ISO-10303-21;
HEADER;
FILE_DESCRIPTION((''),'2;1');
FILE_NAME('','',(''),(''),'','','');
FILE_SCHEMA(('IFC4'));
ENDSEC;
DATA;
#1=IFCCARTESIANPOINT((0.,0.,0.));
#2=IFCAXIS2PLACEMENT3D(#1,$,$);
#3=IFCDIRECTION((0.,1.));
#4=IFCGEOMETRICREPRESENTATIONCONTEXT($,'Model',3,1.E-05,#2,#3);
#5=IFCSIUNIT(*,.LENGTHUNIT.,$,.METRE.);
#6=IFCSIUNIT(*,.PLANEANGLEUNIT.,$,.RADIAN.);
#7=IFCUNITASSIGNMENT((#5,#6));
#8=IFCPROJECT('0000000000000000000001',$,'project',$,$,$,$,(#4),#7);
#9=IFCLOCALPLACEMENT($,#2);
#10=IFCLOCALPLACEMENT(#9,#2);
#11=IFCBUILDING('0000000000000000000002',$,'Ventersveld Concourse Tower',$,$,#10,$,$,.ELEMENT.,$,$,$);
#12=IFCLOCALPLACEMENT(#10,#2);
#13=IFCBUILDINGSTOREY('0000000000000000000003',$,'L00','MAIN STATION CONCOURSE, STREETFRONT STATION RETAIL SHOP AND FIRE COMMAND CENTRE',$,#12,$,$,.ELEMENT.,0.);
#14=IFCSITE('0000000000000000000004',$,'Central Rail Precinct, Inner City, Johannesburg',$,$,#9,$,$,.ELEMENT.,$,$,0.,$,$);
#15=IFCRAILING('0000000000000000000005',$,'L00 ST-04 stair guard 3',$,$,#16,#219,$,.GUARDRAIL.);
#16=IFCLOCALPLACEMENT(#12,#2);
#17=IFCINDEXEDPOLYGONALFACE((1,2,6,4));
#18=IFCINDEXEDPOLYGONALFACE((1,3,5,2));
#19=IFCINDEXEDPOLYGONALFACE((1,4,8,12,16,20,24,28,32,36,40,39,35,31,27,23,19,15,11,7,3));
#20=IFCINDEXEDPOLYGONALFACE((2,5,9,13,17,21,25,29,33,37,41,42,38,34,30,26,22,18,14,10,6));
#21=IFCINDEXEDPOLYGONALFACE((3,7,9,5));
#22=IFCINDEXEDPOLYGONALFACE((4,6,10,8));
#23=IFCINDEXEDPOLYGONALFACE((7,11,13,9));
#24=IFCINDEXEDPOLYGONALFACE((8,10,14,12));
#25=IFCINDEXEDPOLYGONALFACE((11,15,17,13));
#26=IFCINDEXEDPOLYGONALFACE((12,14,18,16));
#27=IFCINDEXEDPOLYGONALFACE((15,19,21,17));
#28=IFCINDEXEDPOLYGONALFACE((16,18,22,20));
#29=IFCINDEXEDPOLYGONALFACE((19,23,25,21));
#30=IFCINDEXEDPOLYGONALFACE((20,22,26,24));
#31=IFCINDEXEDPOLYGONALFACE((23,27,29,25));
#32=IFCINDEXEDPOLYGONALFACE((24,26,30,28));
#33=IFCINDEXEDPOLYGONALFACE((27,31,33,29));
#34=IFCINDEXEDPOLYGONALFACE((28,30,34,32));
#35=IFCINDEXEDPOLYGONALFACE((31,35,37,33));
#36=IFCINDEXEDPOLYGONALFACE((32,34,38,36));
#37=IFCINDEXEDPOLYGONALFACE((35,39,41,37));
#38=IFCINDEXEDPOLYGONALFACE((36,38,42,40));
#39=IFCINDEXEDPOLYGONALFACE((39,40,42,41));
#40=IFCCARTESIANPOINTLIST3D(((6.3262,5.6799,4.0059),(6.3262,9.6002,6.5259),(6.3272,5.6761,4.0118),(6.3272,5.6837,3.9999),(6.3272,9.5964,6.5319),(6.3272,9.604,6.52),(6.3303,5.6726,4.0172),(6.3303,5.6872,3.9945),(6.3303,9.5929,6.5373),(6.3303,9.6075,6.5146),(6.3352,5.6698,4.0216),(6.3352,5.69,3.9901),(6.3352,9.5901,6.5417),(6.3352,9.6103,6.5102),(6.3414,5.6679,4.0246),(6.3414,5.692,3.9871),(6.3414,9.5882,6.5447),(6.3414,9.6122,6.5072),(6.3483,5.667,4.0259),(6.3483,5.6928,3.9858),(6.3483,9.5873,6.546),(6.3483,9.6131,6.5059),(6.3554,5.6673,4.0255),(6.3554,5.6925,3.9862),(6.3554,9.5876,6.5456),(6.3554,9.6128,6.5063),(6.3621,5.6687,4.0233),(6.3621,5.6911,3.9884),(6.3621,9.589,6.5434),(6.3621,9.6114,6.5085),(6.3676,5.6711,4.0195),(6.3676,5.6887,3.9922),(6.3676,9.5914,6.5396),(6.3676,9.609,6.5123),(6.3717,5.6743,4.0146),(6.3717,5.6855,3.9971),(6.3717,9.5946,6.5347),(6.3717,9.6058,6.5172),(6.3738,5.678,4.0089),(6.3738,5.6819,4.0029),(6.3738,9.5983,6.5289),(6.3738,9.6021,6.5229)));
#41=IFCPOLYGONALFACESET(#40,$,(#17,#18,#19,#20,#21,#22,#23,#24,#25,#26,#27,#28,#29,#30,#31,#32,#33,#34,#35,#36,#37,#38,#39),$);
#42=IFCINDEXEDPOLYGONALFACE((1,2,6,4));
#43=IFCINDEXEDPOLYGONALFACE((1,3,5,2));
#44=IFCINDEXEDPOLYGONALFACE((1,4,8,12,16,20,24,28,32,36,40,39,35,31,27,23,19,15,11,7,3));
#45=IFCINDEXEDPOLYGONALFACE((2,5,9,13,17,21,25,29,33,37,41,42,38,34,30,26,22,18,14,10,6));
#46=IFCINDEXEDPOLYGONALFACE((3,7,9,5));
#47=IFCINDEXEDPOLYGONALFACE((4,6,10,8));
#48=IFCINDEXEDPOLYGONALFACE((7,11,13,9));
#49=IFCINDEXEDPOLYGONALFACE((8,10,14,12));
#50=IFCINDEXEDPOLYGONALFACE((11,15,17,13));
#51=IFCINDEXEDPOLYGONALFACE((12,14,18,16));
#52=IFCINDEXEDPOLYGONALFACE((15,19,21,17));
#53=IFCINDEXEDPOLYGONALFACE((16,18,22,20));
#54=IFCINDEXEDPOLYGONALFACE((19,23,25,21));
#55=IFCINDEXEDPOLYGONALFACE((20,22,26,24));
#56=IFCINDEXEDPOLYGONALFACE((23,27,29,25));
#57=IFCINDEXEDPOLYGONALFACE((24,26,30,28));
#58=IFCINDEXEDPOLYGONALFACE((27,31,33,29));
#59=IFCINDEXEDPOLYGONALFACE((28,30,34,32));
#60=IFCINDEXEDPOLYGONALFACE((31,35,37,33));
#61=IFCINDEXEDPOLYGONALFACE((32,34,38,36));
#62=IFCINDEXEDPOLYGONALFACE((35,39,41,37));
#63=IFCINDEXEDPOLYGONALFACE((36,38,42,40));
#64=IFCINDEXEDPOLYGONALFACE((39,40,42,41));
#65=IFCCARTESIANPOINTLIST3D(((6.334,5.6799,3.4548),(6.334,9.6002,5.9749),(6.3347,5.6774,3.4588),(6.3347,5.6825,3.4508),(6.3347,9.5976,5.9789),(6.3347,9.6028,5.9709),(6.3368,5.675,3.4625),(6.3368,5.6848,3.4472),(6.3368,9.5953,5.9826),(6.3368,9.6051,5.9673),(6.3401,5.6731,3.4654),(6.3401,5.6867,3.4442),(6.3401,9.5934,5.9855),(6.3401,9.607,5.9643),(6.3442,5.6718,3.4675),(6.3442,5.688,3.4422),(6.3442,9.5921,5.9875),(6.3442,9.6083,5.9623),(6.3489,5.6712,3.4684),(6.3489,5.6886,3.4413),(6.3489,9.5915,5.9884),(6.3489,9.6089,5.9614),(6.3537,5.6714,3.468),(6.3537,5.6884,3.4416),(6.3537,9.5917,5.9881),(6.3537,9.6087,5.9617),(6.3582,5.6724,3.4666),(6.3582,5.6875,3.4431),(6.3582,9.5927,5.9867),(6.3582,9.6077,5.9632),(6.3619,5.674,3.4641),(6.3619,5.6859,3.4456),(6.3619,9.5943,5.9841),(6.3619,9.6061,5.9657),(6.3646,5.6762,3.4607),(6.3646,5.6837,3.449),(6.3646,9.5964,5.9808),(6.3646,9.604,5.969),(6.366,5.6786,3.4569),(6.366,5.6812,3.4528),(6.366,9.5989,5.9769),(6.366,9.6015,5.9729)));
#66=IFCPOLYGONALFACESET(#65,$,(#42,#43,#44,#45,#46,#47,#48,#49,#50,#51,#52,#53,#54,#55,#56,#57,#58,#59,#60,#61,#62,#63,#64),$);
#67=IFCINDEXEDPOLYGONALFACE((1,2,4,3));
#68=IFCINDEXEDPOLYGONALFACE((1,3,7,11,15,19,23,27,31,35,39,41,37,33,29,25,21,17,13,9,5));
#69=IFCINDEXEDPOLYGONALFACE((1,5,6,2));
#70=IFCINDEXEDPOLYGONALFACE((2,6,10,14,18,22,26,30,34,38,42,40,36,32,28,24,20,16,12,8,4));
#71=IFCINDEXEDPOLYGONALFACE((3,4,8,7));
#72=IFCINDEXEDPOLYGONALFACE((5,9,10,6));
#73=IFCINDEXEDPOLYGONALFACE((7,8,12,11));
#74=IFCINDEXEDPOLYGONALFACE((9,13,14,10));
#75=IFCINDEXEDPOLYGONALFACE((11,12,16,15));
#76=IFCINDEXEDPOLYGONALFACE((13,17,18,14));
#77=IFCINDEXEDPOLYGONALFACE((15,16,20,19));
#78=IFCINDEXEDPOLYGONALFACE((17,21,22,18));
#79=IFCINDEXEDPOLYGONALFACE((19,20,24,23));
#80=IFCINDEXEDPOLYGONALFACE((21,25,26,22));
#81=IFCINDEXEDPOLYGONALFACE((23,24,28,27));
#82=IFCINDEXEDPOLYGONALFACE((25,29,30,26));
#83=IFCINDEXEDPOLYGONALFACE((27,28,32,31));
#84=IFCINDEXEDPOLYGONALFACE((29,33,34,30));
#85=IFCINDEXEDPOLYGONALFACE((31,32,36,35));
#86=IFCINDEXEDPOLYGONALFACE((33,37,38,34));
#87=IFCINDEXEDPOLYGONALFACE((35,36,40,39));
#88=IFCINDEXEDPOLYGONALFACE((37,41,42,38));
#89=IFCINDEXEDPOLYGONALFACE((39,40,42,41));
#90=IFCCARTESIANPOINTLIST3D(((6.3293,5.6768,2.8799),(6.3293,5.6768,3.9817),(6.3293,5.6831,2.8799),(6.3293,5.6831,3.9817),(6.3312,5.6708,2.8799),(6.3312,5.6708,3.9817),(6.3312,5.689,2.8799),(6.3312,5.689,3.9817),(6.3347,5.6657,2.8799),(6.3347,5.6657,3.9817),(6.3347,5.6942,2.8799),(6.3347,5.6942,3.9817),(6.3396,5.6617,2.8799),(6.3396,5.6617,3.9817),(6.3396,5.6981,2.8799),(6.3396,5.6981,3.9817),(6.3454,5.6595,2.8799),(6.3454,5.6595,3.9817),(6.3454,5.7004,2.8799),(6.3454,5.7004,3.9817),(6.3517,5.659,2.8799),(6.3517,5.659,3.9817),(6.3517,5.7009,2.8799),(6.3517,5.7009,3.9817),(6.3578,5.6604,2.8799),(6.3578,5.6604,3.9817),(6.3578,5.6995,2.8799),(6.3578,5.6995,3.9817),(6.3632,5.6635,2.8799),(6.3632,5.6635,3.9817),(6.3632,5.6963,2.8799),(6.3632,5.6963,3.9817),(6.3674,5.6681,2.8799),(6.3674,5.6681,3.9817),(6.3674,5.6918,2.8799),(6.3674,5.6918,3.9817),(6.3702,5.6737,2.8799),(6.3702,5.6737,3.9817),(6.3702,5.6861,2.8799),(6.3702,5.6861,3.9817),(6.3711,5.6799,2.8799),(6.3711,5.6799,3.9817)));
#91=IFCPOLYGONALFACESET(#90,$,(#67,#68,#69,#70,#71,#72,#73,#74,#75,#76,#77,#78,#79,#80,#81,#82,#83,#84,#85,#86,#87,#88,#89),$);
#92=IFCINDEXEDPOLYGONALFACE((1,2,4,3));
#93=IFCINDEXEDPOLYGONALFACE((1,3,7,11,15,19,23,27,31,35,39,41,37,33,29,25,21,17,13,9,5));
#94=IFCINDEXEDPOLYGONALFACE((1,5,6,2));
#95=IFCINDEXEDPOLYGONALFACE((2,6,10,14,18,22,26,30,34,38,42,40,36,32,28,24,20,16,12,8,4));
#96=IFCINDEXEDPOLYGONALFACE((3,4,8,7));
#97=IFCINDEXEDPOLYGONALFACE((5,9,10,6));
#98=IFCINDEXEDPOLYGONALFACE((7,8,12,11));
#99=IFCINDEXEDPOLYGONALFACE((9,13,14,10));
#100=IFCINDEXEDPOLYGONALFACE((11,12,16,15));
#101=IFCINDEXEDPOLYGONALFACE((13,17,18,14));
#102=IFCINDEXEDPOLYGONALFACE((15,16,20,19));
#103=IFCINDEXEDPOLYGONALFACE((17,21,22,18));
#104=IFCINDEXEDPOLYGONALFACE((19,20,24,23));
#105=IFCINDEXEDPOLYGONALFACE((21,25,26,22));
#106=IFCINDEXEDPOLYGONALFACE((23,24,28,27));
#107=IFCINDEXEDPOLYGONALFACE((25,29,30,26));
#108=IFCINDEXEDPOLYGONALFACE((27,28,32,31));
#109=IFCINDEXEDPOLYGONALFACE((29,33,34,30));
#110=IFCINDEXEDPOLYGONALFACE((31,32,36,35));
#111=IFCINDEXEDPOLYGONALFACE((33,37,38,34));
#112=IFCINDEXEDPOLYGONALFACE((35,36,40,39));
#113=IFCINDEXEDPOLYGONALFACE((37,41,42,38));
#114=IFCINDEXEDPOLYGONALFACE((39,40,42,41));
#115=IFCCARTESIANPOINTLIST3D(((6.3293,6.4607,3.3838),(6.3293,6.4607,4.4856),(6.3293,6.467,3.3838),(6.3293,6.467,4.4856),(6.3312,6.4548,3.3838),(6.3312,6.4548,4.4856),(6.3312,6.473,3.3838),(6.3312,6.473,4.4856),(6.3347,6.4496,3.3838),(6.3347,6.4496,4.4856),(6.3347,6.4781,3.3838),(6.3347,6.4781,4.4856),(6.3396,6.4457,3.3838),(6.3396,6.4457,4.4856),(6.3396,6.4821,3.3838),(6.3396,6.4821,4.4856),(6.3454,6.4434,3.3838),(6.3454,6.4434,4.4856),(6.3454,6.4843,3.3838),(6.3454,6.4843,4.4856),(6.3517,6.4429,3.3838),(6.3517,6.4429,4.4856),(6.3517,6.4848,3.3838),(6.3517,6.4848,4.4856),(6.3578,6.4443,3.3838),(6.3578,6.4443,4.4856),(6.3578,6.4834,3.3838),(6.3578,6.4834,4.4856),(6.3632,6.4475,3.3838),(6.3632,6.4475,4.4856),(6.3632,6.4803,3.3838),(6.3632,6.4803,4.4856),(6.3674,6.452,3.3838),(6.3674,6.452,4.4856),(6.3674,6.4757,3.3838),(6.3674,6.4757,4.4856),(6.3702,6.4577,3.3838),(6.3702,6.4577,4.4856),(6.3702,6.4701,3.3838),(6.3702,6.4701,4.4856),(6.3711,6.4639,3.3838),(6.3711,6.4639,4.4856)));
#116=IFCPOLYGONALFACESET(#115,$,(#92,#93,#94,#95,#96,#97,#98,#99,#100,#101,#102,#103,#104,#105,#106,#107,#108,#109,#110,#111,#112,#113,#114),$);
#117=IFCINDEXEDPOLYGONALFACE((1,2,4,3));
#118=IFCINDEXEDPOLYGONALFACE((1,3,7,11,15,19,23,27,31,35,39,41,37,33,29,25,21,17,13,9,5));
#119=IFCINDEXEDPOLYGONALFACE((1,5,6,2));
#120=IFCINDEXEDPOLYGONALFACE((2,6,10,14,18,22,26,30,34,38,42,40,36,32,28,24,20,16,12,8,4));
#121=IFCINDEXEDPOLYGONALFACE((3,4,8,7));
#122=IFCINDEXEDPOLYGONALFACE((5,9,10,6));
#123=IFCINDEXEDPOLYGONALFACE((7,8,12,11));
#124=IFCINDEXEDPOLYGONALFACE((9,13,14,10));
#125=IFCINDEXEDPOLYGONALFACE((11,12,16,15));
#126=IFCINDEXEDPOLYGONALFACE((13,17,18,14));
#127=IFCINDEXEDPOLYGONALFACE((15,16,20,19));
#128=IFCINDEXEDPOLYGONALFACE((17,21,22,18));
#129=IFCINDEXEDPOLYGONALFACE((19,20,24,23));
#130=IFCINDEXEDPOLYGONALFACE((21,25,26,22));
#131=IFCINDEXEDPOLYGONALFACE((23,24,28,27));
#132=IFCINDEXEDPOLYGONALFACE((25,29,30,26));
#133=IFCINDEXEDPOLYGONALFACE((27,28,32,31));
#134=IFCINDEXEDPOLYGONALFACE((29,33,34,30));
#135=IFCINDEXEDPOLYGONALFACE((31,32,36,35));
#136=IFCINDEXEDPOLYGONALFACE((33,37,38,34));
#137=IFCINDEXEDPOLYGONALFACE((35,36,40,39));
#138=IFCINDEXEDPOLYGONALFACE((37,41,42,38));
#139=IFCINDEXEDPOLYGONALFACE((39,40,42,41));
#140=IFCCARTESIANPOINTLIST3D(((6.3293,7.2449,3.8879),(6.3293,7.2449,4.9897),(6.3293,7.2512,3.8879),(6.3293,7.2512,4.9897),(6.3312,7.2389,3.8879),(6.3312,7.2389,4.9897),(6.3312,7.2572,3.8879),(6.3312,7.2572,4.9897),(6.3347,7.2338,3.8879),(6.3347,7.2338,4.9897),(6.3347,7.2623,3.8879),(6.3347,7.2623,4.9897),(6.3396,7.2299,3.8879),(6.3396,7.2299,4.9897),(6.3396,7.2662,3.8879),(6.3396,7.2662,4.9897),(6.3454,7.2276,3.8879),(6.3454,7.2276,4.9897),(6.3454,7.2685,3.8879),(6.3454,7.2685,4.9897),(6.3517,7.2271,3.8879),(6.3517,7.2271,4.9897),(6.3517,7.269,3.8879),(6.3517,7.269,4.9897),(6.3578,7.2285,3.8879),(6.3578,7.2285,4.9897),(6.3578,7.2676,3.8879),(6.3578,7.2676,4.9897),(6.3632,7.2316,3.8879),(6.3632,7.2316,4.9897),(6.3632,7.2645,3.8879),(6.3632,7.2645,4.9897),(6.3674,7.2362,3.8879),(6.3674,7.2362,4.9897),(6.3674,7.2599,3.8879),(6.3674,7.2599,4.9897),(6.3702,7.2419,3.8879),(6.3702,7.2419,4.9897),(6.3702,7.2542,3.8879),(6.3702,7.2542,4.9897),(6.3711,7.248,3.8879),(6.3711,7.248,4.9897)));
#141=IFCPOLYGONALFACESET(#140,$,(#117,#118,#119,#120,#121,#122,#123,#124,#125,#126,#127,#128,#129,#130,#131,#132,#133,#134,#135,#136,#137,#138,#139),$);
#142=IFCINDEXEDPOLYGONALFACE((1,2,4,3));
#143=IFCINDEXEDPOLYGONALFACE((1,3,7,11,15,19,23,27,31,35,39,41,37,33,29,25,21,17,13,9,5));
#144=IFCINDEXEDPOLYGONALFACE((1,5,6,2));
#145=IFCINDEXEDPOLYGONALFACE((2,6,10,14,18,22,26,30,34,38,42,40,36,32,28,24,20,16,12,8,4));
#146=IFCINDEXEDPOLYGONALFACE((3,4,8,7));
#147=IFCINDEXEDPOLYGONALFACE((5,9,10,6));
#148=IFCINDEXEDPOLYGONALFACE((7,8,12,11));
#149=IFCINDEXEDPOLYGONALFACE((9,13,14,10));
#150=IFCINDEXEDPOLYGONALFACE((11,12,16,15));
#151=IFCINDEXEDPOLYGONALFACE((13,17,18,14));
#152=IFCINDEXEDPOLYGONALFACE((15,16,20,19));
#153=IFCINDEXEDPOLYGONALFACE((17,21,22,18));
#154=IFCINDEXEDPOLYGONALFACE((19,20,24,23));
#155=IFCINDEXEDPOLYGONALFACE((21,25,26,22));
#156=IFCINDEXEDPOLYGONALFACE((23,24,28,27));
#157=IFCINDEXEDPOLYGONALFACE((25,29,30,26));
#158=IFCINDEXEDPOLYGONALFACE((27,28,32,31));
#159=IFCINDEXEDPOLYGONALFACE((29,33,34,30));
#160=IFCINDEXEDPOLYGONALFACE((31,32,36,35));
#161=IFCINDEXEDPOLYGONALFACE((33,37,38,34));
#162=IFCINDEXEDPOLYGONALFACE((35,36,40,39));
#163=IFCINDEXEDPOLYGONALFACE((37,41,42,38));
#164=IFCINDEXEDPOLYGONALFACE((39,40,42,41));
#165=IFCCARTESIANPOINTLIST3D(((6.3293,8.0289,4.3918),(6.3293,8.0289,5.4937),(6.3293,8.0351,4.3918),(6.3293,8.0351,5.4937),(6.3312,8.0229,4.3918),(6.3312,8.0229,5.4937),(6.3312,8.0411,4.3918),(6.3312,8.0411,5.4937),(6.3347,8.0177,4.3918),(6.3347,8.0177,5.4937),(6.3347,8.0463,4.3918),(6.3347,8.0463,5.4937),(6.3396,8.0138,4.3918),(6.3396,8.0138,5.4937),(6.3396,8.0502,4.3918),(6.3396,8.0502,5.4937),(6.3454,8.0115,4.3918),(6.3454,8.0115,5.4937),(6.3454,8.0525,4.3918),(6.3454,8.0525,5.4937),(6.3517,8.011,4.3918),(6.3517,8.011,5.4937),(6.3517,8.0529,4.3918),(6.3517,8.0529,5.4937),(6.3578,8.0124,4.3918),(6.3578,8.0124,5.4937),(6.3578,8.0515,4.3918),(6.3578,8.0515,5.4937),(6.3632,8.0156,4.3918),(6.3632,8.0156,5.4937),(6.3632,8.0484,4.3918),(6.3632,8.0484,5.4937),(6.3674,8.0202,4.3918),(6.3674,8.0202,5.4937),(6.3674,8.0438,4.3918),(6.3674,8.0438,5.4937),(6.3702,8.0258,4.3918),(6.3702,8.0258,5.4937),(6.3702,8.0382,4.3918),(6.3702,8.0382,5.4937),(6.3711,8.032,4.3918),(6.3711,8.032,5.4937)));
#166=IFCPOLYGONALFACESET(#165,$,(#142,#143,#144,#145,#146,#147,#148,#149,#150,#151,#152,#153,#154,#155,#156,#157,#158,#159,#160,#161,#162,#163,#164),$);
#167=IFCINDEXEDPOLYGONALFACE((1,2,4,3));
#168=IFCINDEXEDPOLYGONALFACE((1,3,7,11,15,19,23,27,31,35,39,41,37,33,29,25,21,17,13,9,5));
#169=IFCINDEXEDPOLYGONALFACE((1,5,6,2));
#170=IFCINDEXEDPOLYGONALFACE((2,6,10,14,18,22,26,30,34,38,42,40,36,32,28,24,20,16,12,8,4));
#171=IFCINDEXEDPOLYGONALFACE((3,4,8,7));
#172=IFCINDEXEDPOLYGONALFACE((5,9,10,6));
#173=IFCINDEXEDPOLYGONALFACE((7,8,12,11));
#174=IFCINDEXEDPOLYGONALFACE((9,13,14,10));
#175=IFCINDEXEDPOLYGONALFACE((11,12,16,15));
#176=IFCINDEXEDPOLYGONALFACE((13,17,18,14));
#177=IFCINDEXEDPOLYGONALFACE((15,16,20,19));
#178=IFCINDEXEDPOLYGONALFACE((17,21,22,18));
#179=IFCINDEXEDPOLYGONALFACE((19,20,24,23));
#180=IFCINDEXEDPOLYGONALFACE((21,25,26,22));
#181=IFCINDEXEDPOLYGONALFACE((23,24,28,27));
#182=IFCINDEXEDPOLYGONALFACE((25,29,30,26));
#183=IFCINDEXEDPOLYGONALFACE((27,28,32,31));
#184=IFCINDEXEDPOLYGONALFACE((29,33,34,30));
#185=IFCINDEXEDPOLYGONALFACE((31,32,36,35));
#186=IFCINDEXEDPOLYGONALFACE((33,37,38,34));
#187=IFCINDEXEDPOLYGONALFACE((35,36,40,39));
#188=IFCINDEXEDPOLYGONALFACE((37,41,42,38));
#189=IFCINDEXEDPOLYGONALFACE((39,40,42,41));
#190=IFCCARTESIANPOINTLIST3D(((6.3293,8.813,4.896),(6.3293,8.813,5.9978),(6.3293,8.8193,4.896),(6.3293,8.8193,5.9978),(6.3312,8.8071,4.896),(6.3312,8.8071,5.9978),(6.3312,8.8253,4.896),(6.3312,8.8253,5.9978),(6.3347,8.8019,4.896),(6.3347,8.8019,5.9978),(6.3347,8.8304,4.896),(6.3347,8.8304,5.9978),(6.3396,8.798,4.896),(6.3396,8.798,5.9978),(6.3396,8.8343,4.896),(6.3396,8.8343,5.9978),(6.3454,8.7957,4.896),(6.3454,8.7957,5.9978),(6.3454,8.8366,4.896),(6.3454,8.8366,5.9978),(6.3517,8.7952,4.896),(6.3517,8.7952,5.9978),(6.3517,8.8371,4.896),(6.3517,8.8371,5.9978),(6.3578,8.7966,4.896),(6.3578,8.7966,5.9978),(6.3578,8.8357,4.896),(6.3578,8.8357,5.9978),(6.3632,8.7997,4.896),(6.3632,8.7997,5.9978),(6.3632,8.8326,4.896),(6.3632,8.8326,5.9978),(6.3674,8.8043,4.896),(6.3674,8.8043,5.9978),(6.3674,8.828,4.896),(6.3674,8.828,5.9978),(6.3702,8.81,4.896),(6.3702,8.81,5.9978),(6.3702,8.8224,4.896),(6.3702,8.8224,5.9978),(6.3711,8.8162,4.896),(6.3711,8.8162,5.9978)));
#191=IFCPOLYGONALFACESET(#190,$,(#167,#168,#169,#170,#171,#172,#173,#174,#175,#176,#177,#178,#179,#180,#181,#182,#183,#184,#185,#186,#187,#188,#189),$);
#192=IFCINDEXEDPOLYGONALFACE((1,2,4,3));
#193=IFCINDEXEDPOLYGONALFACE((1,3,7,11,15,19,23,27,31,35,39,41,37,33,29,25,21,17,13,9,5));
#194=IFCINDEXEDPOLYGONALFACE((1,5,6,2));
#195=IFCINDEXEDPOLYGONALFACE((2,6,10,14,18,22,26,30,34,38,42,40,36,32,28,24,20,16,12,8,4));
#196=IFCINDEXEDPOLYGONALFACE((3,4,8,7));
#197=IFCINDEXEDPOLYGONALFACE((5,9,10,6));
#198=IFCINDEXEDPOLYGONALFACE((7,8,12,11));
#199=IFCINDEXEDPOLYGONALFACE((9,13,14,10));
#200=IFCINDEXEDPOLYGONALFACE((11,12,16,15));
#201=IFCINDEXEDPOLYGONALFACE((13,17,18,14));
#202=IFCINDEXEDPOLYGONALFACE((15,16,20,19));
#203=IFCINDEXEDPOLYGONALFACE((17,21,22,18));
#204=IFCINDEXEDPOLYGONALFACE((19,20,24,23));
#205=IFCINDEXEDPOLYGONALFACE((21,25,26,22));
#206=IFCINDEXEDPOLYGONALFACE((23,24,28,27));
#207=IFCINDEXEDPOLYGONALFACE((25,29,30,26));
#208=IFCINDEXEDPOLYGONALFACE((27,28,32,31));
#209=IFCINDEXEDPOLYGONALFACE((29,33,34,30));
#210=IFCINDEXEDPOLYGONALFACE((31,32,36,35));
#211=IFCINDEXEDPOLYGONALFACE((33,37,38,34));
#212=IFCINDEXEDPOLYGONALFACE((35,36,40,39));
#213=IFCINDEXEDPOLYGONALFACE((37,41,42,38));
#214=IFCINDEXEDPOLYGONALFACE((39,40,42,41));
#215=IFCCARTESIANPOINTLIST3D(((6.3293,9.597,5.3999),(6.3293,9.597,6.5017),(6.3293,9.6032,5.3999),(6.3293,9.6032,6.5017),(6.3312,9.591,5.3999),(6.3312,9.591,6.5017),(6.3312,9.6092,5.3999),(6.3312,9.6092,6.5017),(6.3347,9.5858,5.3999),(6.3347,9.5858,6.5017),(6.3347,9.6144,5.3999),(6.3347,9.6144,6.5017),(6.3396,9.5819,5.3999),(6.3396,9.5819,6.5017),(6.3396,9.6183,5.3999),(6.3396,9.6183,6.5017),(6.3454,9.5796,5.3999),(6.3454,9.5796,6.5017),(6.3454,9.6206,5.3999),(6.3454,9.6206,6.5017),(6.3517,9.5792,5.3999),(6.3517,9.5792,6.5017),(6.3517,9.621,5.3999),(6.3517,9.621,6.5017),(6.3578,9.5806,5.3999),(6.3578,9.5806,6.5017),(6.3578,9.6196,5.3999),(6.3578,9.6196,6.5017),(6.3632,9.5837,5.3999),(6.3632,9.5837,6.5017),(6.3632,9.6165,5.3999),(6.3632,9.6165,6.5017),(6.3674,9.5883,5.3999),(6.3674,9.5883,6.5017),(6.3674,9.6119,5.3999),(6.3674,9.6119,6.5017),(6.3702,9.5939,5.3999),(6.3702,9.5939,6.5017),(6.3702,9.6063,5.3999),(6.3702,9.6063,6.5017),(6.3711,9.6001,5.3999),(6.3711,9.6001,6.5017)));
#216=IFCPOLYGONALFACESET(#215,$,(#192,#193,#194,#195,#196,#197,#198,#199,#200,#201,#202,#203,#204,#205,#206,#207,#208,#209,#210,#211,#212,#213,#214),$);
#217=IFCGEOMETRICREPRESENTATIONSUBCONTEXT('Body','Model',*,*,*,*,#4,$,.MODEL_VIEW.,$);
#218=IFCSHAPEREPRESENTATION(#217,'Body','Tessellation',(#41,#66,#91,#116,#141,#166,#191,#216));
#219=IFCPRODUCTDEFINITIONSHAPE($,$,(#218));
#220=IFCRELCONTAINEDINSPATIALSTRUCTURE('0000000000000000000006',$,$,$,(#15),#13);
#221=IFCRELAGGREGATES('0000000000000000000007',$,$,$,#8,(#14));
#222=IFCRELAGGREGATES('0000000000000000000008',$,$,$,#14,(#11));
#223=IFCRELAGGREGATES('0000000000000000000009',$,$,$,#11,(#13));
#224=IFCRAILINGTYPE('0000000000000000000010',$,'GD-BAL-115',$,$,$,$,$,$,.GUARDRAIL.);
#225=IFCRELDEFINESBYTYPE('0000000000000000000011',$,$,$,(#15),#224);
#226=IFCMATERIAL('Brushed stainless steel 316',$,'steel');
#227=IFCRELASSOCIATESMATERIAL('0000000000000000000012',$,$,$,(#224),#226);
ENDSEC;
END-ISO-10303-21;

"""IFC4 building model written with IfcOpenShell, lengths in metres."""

from ifc_helpers import new_model, si_unit, direction, frame, origin, origin_2d, place, context, subcontext, project, spatial, circle, extrude, material, type_object, element, save


model = new_model("IFC4")

# Units and contexts
model_context = context("Model", 3, precision=1e-05, world=origin(), true_north=direction((0.0, 1.0)))
body_context = subcontext(model_context, "Body", "Model", "MODEL_VIEW")
ifc_project = project(units=[si_unit("LENGTHUNIT", "METRE"), si_unit("PLANEANGLEUNIT", "RADIAN")], contexts=[model_context])

# Site, building, storey
site_placement = place(None, origin())
site = spatial("IfcSite", under=ifc_project, at=site_placement, Name="Central Rail Precinct, Inner City, Johannesburg", CompositionType="ELEMENT", RefElevation=0.0)
building_placement = place(site_placement, origin())
building = spatial("IfcBuilding", under=site, at=building_placement, Name="Ventersveld Concourse Tower", CompositionType="ELEMENT")
storey_placement = place(building_placement, origin())
storey = spatial("IfcBuildingStorey", under=building, at=storey_placement, Name="L00", Description="MAIN STATION CONCOURSE, STREETFRONT STATION RETAIL SHOP AND FIRE COMMAND CENTRE", CompositionType="ELEMENT", Elevation=0.0)

# Shared definitions
ifc_material_1 = material(Name="Brushed stainless steel 316", Category="steel")

# Railing
railing_type_1 = type_object("IfcRailingType", Name="GD-BAL-115", PredefinedType="GUARDRAIL", material=ifc_material_1)
railing_1_placement = place(storey_placement, frame((6.3501, 5.6799, 2.8799)))
element("IfcRailing", 1, at=railing_1_placement, inside=storey, type_object=railing_type_1, Name="L00 ST-04 stair guard 3", PredefinedType="GUARDRAIL", context=body_context, shape_type="SweptSolid", body=[
    extrude(circle(Radius=0.0239, at=origin_2d()), frame((0.0, 0.0, 1.126), z_axis=(0.0, 0.841187, 0.540744), x_axis=(-1.0, 0.0, 0.0)), (0.0, 0.0, 1.0), 4.6604),
    extrude(circle(Radius=0.0161, at=origin_2d()), frame((0.0, 0.0, 0.575), z_axis=(0.0, 0.841187, 0.540744), x_axis=(-1.0, 0.0, 0.0)), (0.0, 0.0, 1.0), 4.6604),
    extrude(circle(Radius=0.021, at=origin_2d()), origin(), (0.0, 0.0, 1.0), 1.1018),
    extrude(circle(Radius=0.021, at=origin_2d()), frame((0.0, 0.7839, 0.5039)), (0.0, 0.0, 1.0), 1.1018),
    extrude(circle(Radius=0.021, at=origin_2d()), frame((0.0, 1.5681, 1.0081)), (0.0, 0.0, 1.0), 1.1018),
    extrude(circle(Radius=0.021, at=origin_2d()), frame((0.0, 2.3521, 1.512)), (0.0, 0.0, 1.0), 1.1018),
    extrude(circle(Radius=0.021, at=origin_2d()), frame((0.0, 3.1362, 2.0161)), (0.0, 0.0, 1.0), 1.1018),
    extrude(circle(Radius=0.021, at=origin_2d()), frame((0.0, 3.9202, 2.52)), (0.0, 0.0, 1.0), 1.1018),
])

save(model, "model.ifc")
